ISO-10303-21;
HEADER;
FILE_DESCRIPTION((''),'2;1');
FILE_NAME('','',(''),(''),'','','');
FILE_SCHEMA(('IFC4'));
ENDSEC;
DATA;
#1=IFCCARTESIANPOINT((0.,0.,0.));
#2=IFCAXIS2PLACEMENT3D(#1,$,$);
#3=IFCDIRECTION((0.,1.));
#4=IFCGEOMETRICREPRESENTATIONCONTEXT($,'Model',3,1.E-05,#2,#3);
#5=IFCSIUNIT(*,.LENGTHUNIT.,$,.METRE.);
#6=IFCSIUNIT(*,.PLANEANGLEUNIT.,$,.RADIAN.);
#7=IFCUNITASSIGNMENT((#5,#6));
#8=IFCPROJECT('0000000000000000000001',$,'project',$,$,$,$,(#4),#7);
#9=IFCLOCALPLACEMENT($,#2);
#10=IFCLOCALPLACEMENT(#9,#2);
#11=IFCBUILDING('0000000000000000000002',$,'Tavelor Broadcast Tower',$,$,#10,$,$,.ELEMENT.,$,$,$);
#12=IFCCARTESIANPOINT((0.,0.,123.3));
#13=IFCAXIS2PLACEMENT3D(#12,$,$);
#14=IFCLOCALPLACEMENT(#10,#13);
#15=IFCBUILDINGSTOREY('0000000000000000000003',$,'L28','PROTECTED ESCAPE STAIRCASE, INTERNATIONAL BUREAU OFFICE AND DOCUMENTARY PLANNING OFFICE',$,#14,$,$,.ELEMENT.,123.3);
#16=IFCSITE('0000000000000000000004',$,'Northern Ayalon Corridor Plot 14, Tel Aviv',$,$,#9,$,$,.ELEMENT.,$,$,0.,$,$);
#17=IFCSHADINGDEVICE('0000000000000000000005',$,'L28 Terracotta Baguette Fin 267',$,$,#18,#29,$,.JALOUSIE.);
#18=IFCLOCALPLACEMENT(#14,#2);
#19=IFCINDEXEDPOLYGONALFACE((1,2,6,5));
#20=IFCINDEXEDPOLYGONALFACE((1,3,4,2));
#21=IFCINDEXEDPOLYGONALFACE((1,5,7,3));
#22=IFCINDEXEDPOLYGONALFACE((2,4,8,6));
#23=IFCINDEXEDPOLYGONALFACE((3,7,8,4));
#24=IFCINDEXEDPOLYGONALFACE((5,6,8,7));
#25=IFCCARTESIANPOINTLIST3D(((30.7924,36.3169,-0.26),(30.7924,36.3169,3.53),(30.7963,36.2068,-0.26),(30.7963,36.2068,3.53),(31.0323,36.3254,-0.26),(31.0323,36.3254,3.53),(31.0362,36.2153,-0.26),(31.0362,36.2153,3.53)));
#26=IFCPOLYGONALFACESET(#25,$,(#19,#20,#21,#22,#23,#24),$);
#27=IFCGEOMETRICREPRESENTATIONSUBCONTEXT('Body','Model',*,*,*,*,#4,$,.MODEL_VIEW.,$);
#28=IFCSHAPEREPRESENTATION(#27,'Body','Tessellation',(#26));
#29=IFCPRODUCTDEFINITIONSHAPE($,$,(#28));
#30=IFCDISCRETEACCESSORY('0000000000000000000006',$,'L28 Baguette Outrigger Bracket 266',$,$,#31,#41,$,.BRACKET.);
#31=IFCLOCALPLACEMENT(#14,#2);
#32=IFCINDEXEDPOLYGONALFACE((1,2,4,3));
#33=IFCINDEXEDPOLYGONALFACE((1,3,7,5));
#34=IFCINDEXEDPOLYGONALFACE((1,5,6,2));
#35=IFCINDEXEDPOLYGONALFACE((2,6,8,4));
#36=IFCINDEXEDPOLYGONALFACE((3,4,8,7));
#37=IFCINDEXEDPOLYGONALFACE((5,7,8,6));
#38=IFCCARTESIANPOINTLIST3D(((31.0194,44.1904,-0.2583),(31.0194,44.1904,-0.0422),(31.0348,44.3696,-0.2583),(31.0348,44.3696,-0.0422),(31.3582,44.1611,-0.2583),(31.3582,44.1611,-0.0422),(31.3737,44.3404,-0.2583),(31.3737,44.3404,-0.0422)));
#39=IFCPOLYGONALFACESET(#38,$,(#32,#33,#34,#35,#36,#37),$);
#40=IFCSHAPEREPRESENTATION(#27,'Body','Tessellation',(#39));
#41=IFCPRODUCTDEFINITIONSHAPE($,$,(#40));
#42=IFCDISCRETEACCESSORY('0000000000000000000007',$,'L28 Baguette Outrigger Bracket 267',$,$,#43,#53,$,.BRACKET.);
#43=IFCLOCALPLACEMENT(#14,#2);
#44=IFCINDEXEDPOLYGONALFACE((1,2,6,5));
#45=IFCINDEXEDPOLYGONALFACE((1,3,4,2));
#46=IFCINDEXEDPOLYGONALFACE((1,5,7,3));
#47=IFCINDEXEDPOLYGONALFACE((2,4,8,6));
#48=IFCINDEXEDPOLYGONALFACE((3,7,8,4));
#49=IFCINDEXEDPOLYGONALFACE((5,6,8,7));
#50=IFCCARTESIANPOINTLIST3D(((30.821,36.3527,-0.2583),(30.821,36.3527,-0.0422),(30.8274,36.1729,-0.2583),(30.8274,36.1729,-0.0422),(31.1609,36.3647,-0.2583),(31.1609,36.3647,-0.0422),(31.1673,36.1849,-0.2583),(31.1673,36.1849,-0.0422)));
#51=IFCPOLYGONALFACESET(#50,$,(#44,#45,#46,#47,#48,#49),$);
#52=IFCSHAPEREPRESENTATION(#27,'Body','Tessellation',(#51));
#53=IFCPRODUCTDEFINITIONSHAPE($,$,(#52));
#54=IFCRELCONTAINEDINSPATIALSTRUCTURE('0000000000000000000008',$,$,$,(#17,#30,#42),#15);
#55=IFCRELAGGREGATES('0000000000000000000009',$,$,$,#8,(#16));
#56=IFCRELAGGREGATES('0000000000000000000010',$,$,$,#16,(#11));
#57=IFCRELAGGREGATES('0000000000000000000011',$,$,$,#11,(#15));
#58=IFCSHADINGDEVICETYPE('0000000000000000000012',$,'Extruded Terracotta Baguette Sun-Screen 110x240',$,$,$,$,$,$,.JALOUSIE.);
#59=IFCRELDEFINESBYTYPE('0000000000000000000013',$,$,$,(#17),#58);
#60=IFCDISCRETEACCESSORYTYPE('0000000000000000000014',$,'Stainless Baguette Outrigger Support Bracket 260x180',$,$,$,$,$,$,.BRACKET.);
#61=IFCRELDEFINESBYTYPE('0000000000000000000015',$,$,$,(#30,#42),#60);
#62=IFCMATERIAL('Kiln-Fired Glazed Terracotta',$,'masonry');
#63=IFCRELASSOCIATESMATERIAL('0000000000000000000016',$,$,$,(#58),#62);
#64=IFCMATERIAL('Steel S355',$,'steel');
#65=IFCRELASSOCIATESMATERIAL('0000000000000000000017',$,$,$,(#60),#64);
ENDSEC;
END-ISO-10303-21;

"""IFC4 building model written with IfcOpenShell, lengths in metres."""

from ifc_helpers import new_model, si_unit, direction, frame, origin, origin_2d, place, context, subcontext, project, spatial, rectangle, extrude, source, transform, mapped, material, type_object, type_shapes, element, save


model = new_model("IFC4")

# Units and contexts
model_context = context("Model", 3, precision=1e-05, world=origin(), true_north=direction((0.0, 1.0)))
body_context = subcontext(model_context, "Body", "Model", "MODEL_VIEW")
ifc_project = project(units=[si_unit("LENGTHUNIT", "METRE"), si_unit("PLANEANGLEUNIT", "RADIAN")], contexts=[model_context])

# Site, building, storey
site_placement = place(None, origin())
site = spatial("IfcSite", under=ifc_project, at=site_placement, Name="Northern Ayalon Corridor Plot 14, Tel Aviv", CompositionType="ELEMENT", RefElevation=0.0)
building_placement = place(site_placement, origin())
building = spatial("IfcBuilding", under=site, at=building_placement, Name="Tavelor Broadcast Tower", CompositionType="ELEMENT")
storey_placement = place(building_placement, frame((0.0, 0.0, 123.3)))
storey = spatial("IfcBuildingStorey", under=building, at=storey_placement, Name="L28", Description="PROTECTED ESCAPE STAIRCASE, INTERNATIONAL BUREAU OFFICE AND DOCUMENTARY PLANNING OFFICE", CompositionType="ELEMENT", Elevation=123.3)

# Shared definitions
ifc_material_1 = material(Name="Steel S355", Category="steel")

# Shading device
ifc_material_2 = material(Name="Kiln-Fired Glazed Terracotta", Category="masonry")
shading_device_type = type_object("IfcShadingDeviceType", Name="Extruded Terracotta Baguette Sun-Screen 110x240", PredefinedType="JALOUSIE", material=ifc_material_2)
shared_shape_1 = source(origin(), body_context, "Body", "SweptSolid", [
    extrude(rectangle(XDim=0.1101, YDim=0.24, at=origin_2d()), origin(), (0.0, 0.0, 1.0), 3.79),
])
type_shapes(shading_device_type, [shared_shape_1])
for number, where, z_axis, x_axis, name in (
    (1, (30.9143, 36.2661, -0.26), (0.0, 0.0, 1.0), (0.035423, -0.999372, 0.0), "L28 Terracotta Baguette Fin 267"),
):
    element("IfcShadingDevice", number, at=place(storey_placement, frame(where, z_axis=z_axis, x_axis=x_axis)), inside=storey, type_object=shading_device_type, Name=name, PredefinedType="JALOUSIE", context=body_context, shape_type="MappedRepresentation", body=[
        mapped(shared_shape_1, transform((0.0, 0.0, 0.0), scale=1.0)),
    ])

# Discrete accessories
discrete_accessory_type = type_object("IfcDiscreteAccessoryType", Name="Stainless Baguette Outrigger Support Bracket 260x180", PredefinedType="BRACKET", material=ifc_material_1)
shared_shape_2 = source(origin(), body_context, "Body", "SweptSolid", [
    extrude(rectangle(XDim=0.1799, YDim=0.3401, at=origin_2d()), origin(), (0.0, 0.0, 1.0), 0.2161),
])
type_shapes(discrete_accessory_type, [shared_shape_2])
for number, where, z_axis, x_axis, name in (
    (2, (31.1965, 44.2654, -0.2583), (0.0, 0.0, 1.0), (-0.085939, -0.9963, 0.0), "L28 Baguette Outrigger Bracket 266"),
    (3, (30.9941, 36.2688, -0.2583), (0.0, 0.0, 1.0), (0.035423, -0.999372, 0.0), "L28 Baguette Outrigger Bracket 267"),
):
    element("IfcDiscreteAccessory", number, at=place(storey_placement, frame(where, z_axis=z_axis, x_axis=x_axis)), inside=storey, type_object=discrete_accessory_type, Name=name, PredefinedType="BRACKET", context=body_context, shape_type="MappedRepresentation", body=[
        mapped(shared_shape_2, transform((0.0, 0.0, 0.0), scale=1.0)),
    ])

save(model, "model.ifc")
